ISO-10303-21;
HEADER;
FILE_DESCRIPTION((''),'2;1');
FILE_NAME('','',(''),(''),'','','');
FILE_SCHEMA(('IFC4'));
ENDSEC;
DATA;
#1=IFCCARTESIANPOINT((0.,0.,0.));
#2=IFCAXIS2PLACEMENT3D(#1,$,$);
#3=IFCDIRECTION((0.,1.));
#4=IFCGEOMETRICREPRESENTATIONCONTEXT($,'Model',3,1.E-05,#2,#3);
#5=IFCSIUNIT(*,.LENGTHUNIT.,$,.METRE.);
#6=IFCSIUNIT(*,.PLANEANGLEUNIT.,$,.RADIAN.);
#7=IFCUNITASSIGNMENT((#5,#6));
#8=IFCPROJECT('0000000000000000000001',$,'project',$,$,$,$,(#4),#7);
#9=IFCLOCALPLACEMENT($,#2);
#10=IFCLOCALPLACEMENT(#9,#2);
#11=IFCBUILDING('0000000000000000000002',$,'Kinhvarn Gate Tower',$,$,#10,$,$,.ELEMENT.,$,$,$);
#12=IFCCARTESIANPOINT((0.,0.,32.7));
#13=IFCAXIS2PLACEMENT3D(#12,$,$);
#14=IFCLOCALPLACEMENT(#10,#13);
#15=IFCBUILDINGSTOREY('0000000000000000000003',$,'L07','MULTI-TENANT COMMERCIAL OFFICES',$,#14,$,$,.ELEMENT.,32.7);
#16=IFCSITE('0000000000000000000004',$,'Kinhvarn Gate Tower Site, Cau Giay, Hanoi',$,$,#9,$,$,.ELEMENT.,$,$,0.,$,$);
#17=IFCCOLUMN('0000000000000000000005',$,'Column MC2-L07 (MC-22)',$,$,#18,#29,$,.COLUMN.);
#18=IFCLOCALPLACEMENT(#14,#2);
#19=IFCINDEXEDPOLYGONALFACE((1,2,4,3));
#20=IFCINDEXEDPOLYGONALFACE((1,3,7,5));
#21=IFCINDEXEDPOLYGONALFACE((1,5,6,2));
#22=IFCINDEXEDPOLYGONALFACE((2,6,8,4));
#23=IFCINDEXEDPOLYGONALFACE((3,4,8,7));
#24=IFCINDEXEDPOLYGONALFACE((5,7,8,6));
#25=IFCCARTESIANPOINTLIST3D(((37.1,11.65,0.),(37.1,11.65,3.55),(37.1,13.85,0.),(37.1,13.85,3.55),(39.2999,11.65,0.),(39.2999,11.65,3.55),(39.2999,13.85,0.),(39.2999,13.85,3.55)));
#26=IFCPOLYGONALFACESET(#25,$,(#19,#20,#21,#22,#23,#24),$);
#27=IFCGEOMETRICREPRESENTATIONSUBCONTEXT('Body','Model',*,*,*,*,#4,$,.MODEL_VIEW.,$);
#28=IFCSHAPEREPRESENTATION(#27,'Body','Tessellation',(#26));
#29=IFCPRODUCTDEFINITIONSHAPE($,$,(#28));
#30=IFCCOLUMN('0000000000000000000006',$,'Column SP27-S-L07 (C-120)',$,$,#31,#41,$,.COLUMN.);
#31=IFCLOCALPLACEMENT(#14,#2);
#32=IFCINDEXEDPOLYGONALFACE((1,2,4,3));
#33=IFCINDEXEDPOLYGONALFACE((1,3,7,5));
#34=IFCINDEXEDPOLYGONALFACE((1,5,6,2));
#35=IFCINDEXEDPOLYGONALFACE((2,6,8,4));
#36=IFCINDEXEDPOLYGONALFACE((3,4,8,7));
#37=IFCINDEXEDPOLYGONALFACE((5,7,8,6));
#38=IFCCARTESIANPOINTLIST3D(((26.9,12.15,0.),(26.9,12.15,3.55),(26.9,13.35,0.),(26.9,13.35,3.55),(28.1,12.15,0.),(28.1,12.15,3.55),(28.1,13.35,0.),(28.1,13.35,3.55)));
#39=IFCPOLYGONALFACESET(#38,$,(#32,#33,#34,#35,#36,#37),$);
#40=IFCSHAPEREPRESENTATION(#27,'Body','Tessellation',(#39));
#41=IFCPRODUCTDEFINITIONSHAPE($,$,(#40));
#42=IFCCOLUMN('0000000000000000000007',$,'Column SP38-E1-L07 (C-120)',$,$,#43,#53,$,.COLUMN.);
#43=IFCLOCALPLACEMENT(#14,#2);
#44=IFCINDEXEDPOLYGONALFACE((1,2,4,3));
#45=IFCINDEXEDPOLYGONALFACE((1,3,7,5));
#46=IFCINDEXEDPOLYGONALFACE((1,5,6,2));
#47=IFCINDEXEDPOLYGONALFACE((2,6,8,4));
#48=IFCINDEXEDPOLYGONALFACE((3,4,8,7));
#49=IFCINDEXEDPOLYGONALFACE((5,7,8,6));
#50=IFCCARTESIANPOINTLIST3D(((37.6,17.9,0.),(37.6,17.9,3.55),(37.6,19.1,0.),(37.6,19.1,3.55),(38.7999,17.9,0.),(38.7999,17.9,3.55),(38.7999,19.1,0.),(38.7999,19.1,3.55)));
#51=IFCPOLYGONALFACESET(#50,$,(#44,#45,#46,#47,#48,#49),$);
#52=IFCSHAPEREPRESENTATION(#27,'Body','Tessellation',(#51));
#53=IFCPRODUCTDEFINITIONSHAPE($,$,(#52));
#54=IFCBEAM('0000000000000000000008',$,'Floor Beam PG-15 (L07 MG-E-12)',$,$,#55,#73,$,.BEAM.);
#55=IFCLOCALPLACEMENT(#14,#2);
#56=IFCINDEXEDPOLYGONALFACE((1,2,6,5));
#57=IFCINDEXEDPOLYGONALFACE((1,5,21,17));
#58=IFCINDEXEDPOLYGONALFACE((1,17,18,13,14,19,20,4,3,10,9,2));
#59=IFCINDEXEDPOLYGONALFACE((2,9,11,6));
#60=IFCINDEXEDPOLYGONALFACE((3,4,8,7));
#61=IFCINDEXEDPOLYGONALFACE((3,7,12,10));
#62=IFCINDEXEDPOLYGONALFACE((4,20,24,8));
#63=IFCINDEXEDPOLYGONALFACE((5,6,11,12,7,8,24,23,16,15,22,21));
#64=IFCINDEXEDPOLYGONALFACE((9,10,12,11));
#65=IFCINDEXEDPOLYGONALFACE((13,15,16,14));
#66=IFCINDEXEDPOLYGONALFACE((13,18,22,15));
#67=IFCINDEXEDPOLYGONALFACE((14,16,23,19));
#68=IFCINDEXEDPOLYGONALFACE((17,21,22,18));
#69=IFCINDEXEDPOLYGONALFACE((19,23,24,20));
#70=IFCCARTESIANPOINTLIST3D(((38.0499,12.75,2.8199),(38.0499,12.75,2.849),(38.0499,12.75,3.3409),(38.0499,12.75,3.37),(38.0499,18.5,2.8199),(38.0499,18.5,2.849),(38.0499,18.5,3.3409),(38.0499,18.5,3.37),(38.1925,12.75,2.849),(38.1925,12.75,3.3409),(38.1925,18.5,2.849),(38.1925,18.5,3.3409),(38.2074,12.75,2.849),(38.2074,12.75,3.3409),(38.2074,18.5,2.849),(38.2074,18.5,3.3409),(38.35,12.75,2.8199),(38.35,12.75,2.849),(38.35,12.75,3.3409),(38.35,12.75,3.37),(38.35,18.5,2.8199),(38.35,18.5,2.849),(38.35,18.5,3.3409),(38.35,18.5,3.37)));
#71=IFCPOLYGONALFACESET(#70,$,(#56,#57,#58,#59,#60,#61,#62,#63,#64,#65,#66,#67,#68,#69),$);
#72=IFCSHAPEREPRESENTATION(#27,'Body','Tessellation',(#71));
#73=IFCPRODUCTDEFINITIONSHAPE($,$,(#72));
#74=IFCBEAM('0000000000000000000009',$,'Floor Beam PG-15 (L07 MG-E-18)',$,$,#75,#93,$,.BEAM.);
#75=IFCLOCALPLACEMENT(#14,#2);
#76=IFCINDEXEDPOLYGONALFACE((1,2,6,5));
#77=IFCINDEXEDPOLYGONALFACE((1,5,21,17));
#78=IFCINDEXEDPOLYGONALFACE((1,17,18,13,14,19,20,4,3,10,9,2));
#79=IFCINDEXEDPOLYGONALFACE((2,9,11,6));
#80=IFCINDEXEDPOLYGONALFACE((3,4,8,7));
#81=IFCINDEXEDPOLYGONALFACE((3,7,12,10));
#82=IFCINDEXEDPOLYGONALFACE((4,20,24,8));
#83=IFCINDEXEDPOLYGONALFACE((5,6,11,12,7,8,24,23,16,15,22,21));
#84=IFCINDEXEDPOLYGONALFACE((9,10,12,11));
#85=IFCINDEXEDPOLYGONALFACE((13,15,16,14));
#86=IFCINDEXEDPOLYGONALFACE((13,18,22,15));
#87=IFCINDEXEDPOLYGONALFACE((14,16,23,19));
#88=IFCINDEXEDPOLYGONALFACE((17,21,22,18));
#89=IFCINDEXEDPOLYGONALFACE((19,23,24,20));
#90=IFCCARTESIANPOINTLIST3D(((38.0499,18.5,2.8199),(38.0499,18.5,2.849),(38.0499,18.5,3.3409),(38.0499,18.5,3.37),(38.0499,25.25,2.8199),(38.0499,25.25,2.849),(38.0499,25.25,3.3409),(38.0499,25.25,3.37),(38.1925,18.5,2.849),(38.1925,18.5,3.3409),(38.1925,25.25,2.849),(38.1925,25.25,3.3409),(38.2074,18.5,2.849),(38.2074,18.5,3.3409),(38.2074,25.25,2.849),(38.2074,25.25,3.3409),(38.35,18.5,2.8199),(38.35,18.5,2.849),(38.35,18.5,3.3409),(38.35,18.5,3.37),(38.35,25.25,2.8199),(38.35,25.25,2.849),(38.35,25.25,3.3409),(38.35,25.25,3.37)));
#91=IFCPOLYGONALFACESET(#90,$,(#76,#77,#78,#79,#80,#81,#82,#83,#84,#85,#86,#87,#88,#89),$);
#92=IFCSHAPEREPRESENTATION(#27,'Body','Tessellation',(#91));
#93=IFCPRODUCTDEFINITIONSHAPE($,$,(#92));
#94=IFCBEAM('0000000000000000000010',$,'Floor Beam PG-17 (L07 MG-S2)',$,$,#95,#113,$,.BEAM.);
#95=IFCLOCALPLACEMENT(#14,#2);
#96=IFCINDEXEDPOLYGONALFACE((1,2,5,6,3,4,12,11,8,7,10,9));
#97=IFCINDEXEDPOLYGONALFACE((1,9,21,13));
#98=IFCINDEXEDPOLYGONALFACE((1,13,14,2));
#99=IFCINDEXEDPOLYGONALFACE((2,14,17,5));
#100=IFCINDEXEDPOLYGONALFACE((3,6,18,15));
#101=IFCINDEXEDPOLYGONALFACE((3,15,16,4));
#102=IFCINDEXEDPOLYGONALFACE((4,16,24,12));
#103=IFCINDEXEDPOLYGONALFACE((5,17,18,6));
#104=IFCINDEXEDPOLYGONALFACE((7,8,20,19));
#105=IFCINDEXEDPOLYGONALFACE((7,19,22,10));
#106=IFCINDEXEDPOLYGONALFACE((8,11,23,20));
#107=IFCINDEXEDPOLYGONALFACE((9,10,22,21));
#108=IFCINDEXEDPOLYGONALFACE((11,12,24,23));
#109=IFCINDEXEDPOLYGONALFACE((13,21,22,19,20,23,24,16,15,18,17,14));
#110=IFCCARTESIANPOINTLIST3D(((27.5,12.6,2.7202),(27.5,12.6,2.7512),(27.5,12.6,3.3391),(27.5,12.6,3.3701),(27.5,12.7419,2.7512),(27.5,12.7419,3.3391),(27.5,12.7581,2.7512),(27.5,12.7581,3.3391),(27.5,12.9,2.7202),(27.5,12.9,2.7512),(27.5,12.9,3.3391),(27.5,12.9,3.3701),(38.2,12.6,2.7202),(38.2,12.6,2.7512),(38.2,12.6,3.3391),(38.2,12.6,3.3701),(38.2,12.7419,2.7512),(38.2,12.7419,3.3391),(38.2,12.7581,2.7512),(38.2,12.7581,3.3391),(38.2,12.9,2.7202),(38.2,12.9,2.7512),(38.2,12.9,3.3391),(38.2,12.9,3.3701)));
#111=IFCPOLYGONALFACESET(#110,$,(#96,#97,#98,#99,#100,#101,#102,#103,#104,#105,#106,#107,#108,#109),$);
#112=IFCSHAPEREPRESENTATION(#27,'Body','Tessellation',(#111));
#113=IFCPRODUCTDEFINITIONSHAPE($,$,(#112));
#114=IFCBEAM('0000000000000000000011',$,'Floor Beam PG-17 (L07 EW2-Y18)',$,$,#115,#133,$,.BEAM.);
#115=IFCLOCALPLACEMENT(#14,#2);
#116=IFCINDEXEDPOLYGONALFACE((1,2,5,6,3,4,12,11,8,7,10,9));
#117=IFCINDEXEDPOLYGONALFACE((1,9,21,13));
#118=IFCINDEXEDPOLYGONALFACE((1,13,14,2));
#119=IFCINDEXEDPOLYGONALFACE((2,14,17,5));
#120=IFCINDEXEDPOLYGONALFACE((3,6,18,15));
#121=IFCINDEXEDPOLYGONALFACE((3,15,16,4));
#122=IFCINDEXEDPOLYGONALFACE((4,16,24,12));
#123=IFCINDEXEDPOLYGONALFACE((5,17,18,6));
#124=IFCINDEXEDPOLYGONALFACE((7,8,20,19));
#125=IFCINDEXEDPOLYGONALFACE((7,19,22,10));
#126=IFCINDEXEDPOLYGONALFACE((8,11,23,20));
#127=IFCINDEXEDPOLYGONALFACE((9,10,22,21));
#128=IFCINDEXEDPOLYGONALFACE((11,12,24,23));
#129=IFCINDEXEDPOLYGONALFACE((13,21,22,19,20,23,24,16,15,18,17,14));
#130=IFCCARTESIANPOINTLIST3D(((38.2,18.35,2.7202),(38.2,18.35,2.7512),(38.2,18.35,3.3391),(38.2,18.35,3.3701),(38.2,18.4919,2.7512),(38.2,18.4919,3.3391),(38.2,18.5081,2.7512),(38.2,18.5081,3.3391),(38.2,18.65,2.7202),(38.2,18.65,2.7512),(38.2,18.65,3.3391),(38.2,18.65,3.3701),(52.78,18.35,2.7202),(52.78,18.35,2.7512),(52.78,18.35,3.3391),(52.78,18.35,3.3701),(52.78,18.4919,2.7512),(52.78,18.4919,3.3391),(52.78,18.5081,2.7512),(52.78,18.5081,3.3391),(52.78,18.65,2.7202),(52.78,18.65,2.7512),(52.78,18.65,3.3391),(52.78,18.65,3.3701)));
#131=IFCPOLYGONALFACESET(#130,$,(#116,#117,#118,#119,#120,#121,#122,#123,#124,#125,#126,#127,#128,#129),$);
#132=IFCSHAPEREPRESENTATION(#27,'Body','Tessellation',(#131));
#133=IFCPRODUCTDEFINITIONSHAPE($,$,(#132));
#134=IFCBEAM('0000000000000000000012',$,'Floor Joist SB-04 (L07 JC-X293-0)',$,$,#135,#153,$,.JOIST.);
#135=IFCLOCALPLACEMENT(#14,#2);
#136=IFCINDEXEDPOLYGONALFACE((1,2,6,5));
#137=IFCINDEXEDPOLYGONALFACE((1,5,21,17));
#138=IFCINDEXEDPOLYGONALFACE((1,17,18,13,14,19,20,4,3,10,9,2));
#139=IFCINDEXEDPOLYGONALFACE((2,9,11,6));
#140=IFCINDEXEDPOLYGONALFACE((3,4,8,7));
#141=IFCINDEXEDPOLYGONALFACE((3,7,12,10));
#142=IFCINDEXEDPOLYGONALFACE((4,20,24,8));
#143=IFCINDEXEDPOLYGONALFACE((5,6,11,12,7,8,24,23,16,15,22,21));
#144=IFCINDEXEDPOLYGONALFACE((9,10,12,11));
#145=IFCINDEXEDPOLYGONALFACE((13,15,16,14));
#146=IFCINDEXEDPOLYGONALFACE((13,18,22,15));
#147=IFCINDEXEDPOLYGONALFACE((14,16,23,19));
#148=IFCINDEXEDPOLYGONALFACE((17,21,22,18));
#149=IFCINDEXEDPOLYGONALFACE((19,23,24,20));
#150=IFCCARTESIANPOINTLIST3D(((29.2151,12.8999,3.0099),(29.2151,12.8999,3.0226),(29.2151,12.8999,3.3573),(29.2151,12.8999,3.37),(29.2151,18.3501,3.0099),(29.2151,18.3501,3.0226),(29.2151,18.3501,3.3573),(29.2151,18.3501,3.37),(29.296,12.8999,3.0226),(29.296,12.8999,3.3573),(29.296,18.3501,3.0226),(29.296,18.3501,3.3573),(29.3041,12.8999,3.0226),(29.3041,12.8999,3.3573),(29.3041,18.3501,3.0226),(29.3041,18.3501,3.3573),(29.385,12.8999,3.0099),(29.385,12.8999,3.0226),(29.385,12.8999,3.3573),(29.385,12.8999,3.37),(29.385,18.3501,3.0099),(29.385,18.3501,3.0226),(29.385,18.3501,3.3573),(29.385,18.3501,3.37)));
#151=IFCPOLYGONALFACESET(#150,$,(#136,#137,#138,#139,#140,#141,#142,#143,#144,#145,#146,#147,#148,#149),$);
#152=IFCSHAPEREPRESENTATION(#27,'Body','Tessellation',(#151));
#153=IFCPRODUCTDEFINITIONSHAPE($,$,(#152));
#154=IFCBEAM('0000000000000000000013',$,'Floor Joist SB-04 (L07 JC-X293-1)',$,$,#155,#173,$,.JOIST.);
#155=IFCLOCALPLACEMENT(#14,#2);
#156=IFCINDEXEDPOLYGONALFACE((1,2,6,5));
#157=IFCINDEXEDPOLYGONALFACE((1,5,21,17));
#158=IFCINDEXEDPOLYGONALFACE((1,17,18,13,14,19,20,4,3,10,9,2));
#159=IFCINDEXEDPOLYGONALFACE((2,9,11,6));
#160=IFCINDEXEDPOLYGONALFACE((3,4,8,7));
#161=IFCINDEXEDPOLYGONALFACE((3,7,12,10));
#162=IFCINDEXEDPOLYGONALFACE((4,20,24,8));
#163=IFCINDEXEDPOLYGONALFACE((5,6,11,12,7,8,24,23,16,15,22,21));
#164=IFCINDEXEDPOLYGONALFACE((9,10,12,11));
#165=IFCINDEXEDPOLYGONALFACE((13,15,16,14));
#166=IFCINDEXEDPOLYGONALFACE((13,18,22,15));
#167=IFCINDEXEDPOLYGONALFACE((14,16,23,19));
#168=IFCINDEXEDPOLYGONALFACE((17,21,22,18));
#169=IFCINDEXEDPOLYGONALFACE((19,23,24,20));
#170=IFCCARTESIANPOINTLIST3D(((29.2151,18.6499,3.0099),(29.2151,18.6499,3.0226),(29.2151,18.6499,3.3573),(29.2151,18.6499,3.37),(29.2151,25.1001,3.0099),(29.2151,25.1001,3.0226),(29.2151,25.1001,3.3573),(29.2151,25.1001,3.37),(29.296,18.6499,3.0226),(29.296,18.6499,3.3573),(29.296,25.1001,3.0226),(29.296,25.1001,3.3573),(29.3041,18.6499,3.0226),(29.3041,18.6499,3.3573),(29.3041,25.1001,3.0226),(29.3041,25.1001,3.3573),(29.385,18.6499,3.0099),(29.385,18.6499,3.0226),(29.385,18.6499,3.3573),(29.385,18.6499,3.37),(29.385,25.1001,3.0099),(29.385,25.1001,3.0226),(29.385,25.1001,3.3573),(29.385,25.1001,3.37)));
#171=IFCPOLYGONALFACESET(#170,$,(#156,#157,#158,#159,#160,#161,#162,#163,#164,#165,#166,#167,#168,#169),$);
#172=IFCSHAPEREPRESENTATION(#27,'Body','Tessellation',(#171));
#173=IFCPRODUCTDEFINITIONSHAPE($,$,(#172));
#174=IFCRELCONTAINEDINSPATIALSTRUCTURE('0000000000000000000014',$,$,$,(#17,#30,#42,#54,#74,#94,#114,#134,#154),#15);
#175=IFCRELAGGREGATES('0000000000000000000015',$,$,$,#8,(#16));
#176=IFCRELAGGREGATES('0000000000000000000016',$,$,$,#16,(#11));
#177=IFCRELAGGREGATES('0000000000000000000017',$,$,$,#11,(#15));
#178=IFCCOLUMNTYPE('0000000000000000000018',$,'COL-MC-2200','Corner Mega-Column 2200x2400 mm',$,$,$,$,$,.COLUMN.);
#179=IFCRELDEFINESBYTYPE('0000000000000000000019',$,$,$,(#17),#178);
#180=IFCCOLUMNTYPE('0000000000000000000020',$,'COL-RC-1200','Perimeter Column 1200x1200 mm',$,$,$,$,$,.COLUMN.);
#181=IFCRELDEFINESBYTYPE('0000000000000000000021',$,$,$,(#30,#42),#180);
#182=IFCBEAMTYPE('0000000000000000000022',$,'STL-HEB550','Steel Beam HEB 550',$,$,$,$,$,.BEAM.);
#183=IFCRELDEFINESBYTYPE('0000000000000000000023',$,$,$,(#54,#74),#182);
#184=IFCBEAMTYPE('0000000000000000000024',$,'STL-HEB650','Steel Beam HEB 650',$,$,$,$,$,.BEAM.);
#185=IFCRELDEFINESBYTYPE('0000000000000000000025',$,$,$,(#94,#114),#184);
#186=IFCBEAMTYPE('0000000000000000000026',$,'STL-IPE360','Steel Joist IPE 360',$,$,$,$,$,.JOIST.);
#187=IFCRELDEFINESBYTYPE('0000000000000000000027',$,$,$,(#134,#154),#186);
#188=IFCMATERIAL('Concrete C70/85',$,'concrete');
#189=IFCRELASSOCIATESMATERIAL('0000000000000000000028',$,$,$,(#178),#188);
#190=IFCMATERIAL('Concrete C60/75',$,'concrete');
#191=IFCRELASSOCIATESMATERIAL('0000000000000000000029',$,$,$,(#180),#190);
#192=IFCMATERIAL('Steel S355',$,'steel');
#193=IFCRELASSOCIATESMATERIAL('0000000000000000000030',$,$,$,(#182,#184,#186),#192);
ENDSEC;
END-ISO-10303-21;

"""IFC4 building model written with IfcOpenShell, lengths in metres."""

from ifc_helpers import new_model, si_unit, direction, frame, origin, origin_2d, place, context, subcontext, project, spatial, rectangle, i_section, extrude, material, material_profile, profile_set, type_object, element, save


model = new_model("IFC4")

# Units and contexts
model_context = context("Model", 3, precision=1e-05, world=origin(), true_north=direction((0.0, 1.0)))
body_context = subcontext(model_context, "Body", "Model", "MODEL_VIEW")
ifc_project = project(units=[si_unit("LENGTHUNIT", "METRE"), si_unit("PLANEANGLEUNIT", "RADIAN")], contexts=[model_context])

# Site, building, storey
site_placement = place(None, origin())
site = spatial("IfcSite", under=ifc_project, at=site_placement, Name="Kinhvarn Gate Tower Site, Cau Giay, Hanoi", CompositionType="ELEMENT", RefElevation=0.0)
building_placement = place(site_placement, origin())
building = spatial("IfcBuilding", under=site, at=building_placement, Name="Kinhvarn Gate Tower", CompositionType="ELEMENT")
storey_placement = place(building_placement, frame((0.0, 0.0, 32.7)))
storey = spatial("IfcBuildingStorey", under=building, at=storey_placement, Name="L07", Description="MULTI-TENANT COMMERCIAL OFFICES", CompositionType="ELEMENT", Elevation=32.7)

# Columns
ifc_material_1 = material(Name="Concrete C70/85", Category="concrete")
ifc_material_profile_1 = material_profile(ifc_material_1, rectangle(XDim=2.2, YDim=2.2, at=origin_2d()), Name="RC 2200x2200")
ifc_profile_set_1 = profile_set([ifc_material_profile_1], Name="Concrete C70/85")
column_type_1 = type_object("IfcColumnType", Name="COL-MC-2200", Description="Corner Mega-Column 2200x2400 mm", PredefinedType="COLUMN", material=ifc_profile_set_1)
column_placement = place(storey_placement, frame((38.2, 12.75, 0.0), z_axis=(0.0, 0.0, 1.0), x_axis=(1.0, 0.0, 0.0)))
element("IfcColumn", 1, at=column_placement, inside=storey, type_object=column_type_1, Name="Column MC2-L07 (MC-22)", PredefinedType="COLUMN", context=body_context, shape_type="SweptSolid", body=[
    extrude(rectangle(XDim=2.2, YDim=2.2, at=origin_2d()), origin(), (0.0, 0.0, 1.0), 3.55),
])
ifc_material_2 = material(Name="Concrete C60/75", Category="concrete")
ifc_material_profile_2 = material_profile(ifc_material_2, rectangle(XDim=1.2, YDim=1.2, at=origin_2d()), Name="RC 1200x1200")
ifc_profile_set_2 = profile_set([ifc_material_profile_2], Name="Concrete C60/75")
column_type_2 = type_object("IfcColumnType", Name="COL-RC-1200", Description="Perimeter Column 1200x1200 mm", PredefinedType="COLUMN", material=ifc_profile_set_2)
for number, where, z_axis, x_axis, name in (
    (2, (27.5, 12.75, 0.0), (0.0, 0.0, 1.0), (1.0, 0.0, 0.0), "Column SP27-S-L07 (C-120)"),
    (3, (38.2, 18.5, 0.0), (0.0, 0.0, 1.0), (1.0, 0.0, 0.0), "Column SP38-E1-L07 (C-120)"),
):
    element("IfcColumn", number, at=place(storey_placement, frame(where, z_axis=z_axis, x_axis=x_axis)), inside=storey, type_object=column_type_2, Name=name, PredefinedType="COLUMN", context=body_context, shape_type="SweptSolid", body=[
        extrude(rectangle(XDim=1.2, YDim=1.2, at=origin_2d()), origin(), (0.0, 0.0, 1.0), 3.55),
    ])

# Beams
ifc_material_3 = material(Name="Steel S355", Category="steel")
ifc_material_profile_3 = material_profile(ifc_material_3, i_section(OverallWidth=0.3, OverallDepth=0.55, WebThickness=0.0149, FlangeThickness=0.0291, at=origin_2d()), Name="HEB 550")
ifc_profile_set_3 = profile_set([ifc_material_profile_3], Name="Steel S355")
beam_type_1 = type_object("IfcBeamType", Name="STL-HEB550", Description="Steel Beam HEB 550", PredefinedType="BEAM", material=ifc_profile_set_3)
beam_1_placement = place(storey_placement, frame((38.2, 12.75, 3.095), z_axis=(0.0, 1.0, 0.0), x_axis=(-1.0, 0.0, 0.0)))
element("IfcBeam", 4, at=beam_1_placement, inside=storey, type_object=beam_type_1, Name="Floor Beam PG-15 (L07 MG-E-12)", PredefinedType="BEAM", context=body_context, shape_type="SweptSolid", body=[
    extrude(i_section(OverallWidth=0.3, OverallDepth=0.55, WebThickness=0.0149, FlangeThickness=0.0291, at=origin_2d()), origin(), (0.0, 0.0, 1.0), 5.75),
])
beam_2_placement = place(storey_placement, frame((38.2, 18.5, 3.095), z_axis=(0.0, 1.0, 0.0), x_axis=(-1.0, 0.0, 0.0)))
element("IfcBeam", 5, at=beam_2_placement, inside=storey, type_object=beam_type_1, Name="Floor Beam PG-15 (L07 MG-E-18)", PredefinedType="BEAM", context=body_context, shape_type="SweptSolid", body=[
    extrude(i_section(OverallWidth=0.3, OverallDepth=0.55, WebThickness=0.0149, FlangeThickness=0.0291, at=origin_2d()), origin(), (0.0, 0.0, 1.0), 6.75),
])
ifc_material_profile_4 = material_profile(ifc_material_3, i_section(OverallWidth=0.3, OverallDepth=0.6499, WebThickness=0.0161, FlangeThickness=0.031, at=origin_2d()), Name="HEB 650")
ifc_profile_set_4 = profile_set([ifc_material_profile_4], Name="Steel S355")
beam_type_2 = type_object("IfcBeamType", Name="STL-HEB650", Description="Steel Beam HEB 650", PredefinedType="BEAM", material=ifc_profile_set_4)
beam_3_placement = place(storey_placement, frame((27.5, 12.75, 3.0452), z_axis=(1.0, 0.0, 0.0), x_axis=(0.0, 1.0, 0.0)))
element("IfcBeam", 6, at=beam_3_placement, inside=storey, type_object=beam_type_2, Name="Floor Beam PG-17 (L07 MG-S2)", PredefinedType="BEAM", context=body_context, shape_type="SweptSolid", body=[
    extrude(i_section(OverallWidth=0.3, OverallDepth=0.6499, WebThickness=0.0161, FlangeThickness=0.031, at=origin_2d()), origin(), (0.0, 0.0, 1.0), 10.7),
])
beam_4_placement = place(storey_placement, frame((38.2, 18.5, 3.0452), z_axis=(1.0, 0.0, 0.0), x_axis=(0.0, 1.0, 0.0)))
element("IfcBeam", 7, at=beam_4_placement, inside=storey, type_object=beam_type_2, Name="Floor Beam PG-17 (L07 EW2-Y18)", PredefinedType="BEAM", context=body_context, shape_type="SweptSolid", body=[
    extrude(i_section(OverallWidth=0.3, OverallDepth=0.6499, WebThickness=0.0161, FlangeThickness=0.031, at=origin_2d()), origin(), (0.0, 0.0, 1.0), 14.5801),
])
ifc_material_profile_5 = material_profile(ifc_material_3, i_section(OverallWidth=0.1699, OverallDepth=0.3601, WebThickness=0.0081, FlangeThickness=0.0127, at=origin_2d()), Name="IPE 360")
ifc_profile_set_5 = profile_set([ifc_material_profile_5], Name="Steel S355")
beam_type_3 = type_object("IfcBeamType", Name="STL-IPE360", Description="Steel Joist IPE 360", PredefinedType="JOIST", material=ifc_profile_set_5)
beam_5_placement = place(storey_placement, frame((29.3, 12.8999, 3.1899), z_axis=(0.0, 1.0, 0.0), x_axis=(-1.0, 0.0, 0.0)))
element("IfcBeam", 8, at=beam_5_placement, inside=storey, type_object=beam_type_3, Name="Floor Joist SB-04 (L07 JC-X293-0)", PredefinedType="JOIST", context=body_context, shape_type="SweptSolid", body=[
    extrude(i_section(OverallWidth=0.1699, OverallDepth=0.3601, WebThickness=0.0081, FlangeThickness=0.0127, at=origin_2d()), origin(), (0.0, 0.0, 1.0), 5.4502),
])
beam_6_placement = place(storey_placement, frame((29.3, 18.6499, 3.1899), z_axis=(0.0, 1.0, 0.0), x_axis=(-1.0, 0.0, 0.0)))
element("IfcBeam", 9, at=beam_6_placement, inside=storey, type_object=beam_type_3, Name="Floor Joist SB-04 (L07 JC-X293-1)", PredefinedType="JOIST", context=body_context, shape_type="SweptSolid", body=[
    extrude(i_section(OverallWidth=0.1699, OverallDepth=0.3601, WebThickness=0.0081, FlangeThickness=0.0127, at=origin_2d()), origin(), (0.0, 0.0, 1.0), 6.4502),
])

save(model, "model.ifc")
